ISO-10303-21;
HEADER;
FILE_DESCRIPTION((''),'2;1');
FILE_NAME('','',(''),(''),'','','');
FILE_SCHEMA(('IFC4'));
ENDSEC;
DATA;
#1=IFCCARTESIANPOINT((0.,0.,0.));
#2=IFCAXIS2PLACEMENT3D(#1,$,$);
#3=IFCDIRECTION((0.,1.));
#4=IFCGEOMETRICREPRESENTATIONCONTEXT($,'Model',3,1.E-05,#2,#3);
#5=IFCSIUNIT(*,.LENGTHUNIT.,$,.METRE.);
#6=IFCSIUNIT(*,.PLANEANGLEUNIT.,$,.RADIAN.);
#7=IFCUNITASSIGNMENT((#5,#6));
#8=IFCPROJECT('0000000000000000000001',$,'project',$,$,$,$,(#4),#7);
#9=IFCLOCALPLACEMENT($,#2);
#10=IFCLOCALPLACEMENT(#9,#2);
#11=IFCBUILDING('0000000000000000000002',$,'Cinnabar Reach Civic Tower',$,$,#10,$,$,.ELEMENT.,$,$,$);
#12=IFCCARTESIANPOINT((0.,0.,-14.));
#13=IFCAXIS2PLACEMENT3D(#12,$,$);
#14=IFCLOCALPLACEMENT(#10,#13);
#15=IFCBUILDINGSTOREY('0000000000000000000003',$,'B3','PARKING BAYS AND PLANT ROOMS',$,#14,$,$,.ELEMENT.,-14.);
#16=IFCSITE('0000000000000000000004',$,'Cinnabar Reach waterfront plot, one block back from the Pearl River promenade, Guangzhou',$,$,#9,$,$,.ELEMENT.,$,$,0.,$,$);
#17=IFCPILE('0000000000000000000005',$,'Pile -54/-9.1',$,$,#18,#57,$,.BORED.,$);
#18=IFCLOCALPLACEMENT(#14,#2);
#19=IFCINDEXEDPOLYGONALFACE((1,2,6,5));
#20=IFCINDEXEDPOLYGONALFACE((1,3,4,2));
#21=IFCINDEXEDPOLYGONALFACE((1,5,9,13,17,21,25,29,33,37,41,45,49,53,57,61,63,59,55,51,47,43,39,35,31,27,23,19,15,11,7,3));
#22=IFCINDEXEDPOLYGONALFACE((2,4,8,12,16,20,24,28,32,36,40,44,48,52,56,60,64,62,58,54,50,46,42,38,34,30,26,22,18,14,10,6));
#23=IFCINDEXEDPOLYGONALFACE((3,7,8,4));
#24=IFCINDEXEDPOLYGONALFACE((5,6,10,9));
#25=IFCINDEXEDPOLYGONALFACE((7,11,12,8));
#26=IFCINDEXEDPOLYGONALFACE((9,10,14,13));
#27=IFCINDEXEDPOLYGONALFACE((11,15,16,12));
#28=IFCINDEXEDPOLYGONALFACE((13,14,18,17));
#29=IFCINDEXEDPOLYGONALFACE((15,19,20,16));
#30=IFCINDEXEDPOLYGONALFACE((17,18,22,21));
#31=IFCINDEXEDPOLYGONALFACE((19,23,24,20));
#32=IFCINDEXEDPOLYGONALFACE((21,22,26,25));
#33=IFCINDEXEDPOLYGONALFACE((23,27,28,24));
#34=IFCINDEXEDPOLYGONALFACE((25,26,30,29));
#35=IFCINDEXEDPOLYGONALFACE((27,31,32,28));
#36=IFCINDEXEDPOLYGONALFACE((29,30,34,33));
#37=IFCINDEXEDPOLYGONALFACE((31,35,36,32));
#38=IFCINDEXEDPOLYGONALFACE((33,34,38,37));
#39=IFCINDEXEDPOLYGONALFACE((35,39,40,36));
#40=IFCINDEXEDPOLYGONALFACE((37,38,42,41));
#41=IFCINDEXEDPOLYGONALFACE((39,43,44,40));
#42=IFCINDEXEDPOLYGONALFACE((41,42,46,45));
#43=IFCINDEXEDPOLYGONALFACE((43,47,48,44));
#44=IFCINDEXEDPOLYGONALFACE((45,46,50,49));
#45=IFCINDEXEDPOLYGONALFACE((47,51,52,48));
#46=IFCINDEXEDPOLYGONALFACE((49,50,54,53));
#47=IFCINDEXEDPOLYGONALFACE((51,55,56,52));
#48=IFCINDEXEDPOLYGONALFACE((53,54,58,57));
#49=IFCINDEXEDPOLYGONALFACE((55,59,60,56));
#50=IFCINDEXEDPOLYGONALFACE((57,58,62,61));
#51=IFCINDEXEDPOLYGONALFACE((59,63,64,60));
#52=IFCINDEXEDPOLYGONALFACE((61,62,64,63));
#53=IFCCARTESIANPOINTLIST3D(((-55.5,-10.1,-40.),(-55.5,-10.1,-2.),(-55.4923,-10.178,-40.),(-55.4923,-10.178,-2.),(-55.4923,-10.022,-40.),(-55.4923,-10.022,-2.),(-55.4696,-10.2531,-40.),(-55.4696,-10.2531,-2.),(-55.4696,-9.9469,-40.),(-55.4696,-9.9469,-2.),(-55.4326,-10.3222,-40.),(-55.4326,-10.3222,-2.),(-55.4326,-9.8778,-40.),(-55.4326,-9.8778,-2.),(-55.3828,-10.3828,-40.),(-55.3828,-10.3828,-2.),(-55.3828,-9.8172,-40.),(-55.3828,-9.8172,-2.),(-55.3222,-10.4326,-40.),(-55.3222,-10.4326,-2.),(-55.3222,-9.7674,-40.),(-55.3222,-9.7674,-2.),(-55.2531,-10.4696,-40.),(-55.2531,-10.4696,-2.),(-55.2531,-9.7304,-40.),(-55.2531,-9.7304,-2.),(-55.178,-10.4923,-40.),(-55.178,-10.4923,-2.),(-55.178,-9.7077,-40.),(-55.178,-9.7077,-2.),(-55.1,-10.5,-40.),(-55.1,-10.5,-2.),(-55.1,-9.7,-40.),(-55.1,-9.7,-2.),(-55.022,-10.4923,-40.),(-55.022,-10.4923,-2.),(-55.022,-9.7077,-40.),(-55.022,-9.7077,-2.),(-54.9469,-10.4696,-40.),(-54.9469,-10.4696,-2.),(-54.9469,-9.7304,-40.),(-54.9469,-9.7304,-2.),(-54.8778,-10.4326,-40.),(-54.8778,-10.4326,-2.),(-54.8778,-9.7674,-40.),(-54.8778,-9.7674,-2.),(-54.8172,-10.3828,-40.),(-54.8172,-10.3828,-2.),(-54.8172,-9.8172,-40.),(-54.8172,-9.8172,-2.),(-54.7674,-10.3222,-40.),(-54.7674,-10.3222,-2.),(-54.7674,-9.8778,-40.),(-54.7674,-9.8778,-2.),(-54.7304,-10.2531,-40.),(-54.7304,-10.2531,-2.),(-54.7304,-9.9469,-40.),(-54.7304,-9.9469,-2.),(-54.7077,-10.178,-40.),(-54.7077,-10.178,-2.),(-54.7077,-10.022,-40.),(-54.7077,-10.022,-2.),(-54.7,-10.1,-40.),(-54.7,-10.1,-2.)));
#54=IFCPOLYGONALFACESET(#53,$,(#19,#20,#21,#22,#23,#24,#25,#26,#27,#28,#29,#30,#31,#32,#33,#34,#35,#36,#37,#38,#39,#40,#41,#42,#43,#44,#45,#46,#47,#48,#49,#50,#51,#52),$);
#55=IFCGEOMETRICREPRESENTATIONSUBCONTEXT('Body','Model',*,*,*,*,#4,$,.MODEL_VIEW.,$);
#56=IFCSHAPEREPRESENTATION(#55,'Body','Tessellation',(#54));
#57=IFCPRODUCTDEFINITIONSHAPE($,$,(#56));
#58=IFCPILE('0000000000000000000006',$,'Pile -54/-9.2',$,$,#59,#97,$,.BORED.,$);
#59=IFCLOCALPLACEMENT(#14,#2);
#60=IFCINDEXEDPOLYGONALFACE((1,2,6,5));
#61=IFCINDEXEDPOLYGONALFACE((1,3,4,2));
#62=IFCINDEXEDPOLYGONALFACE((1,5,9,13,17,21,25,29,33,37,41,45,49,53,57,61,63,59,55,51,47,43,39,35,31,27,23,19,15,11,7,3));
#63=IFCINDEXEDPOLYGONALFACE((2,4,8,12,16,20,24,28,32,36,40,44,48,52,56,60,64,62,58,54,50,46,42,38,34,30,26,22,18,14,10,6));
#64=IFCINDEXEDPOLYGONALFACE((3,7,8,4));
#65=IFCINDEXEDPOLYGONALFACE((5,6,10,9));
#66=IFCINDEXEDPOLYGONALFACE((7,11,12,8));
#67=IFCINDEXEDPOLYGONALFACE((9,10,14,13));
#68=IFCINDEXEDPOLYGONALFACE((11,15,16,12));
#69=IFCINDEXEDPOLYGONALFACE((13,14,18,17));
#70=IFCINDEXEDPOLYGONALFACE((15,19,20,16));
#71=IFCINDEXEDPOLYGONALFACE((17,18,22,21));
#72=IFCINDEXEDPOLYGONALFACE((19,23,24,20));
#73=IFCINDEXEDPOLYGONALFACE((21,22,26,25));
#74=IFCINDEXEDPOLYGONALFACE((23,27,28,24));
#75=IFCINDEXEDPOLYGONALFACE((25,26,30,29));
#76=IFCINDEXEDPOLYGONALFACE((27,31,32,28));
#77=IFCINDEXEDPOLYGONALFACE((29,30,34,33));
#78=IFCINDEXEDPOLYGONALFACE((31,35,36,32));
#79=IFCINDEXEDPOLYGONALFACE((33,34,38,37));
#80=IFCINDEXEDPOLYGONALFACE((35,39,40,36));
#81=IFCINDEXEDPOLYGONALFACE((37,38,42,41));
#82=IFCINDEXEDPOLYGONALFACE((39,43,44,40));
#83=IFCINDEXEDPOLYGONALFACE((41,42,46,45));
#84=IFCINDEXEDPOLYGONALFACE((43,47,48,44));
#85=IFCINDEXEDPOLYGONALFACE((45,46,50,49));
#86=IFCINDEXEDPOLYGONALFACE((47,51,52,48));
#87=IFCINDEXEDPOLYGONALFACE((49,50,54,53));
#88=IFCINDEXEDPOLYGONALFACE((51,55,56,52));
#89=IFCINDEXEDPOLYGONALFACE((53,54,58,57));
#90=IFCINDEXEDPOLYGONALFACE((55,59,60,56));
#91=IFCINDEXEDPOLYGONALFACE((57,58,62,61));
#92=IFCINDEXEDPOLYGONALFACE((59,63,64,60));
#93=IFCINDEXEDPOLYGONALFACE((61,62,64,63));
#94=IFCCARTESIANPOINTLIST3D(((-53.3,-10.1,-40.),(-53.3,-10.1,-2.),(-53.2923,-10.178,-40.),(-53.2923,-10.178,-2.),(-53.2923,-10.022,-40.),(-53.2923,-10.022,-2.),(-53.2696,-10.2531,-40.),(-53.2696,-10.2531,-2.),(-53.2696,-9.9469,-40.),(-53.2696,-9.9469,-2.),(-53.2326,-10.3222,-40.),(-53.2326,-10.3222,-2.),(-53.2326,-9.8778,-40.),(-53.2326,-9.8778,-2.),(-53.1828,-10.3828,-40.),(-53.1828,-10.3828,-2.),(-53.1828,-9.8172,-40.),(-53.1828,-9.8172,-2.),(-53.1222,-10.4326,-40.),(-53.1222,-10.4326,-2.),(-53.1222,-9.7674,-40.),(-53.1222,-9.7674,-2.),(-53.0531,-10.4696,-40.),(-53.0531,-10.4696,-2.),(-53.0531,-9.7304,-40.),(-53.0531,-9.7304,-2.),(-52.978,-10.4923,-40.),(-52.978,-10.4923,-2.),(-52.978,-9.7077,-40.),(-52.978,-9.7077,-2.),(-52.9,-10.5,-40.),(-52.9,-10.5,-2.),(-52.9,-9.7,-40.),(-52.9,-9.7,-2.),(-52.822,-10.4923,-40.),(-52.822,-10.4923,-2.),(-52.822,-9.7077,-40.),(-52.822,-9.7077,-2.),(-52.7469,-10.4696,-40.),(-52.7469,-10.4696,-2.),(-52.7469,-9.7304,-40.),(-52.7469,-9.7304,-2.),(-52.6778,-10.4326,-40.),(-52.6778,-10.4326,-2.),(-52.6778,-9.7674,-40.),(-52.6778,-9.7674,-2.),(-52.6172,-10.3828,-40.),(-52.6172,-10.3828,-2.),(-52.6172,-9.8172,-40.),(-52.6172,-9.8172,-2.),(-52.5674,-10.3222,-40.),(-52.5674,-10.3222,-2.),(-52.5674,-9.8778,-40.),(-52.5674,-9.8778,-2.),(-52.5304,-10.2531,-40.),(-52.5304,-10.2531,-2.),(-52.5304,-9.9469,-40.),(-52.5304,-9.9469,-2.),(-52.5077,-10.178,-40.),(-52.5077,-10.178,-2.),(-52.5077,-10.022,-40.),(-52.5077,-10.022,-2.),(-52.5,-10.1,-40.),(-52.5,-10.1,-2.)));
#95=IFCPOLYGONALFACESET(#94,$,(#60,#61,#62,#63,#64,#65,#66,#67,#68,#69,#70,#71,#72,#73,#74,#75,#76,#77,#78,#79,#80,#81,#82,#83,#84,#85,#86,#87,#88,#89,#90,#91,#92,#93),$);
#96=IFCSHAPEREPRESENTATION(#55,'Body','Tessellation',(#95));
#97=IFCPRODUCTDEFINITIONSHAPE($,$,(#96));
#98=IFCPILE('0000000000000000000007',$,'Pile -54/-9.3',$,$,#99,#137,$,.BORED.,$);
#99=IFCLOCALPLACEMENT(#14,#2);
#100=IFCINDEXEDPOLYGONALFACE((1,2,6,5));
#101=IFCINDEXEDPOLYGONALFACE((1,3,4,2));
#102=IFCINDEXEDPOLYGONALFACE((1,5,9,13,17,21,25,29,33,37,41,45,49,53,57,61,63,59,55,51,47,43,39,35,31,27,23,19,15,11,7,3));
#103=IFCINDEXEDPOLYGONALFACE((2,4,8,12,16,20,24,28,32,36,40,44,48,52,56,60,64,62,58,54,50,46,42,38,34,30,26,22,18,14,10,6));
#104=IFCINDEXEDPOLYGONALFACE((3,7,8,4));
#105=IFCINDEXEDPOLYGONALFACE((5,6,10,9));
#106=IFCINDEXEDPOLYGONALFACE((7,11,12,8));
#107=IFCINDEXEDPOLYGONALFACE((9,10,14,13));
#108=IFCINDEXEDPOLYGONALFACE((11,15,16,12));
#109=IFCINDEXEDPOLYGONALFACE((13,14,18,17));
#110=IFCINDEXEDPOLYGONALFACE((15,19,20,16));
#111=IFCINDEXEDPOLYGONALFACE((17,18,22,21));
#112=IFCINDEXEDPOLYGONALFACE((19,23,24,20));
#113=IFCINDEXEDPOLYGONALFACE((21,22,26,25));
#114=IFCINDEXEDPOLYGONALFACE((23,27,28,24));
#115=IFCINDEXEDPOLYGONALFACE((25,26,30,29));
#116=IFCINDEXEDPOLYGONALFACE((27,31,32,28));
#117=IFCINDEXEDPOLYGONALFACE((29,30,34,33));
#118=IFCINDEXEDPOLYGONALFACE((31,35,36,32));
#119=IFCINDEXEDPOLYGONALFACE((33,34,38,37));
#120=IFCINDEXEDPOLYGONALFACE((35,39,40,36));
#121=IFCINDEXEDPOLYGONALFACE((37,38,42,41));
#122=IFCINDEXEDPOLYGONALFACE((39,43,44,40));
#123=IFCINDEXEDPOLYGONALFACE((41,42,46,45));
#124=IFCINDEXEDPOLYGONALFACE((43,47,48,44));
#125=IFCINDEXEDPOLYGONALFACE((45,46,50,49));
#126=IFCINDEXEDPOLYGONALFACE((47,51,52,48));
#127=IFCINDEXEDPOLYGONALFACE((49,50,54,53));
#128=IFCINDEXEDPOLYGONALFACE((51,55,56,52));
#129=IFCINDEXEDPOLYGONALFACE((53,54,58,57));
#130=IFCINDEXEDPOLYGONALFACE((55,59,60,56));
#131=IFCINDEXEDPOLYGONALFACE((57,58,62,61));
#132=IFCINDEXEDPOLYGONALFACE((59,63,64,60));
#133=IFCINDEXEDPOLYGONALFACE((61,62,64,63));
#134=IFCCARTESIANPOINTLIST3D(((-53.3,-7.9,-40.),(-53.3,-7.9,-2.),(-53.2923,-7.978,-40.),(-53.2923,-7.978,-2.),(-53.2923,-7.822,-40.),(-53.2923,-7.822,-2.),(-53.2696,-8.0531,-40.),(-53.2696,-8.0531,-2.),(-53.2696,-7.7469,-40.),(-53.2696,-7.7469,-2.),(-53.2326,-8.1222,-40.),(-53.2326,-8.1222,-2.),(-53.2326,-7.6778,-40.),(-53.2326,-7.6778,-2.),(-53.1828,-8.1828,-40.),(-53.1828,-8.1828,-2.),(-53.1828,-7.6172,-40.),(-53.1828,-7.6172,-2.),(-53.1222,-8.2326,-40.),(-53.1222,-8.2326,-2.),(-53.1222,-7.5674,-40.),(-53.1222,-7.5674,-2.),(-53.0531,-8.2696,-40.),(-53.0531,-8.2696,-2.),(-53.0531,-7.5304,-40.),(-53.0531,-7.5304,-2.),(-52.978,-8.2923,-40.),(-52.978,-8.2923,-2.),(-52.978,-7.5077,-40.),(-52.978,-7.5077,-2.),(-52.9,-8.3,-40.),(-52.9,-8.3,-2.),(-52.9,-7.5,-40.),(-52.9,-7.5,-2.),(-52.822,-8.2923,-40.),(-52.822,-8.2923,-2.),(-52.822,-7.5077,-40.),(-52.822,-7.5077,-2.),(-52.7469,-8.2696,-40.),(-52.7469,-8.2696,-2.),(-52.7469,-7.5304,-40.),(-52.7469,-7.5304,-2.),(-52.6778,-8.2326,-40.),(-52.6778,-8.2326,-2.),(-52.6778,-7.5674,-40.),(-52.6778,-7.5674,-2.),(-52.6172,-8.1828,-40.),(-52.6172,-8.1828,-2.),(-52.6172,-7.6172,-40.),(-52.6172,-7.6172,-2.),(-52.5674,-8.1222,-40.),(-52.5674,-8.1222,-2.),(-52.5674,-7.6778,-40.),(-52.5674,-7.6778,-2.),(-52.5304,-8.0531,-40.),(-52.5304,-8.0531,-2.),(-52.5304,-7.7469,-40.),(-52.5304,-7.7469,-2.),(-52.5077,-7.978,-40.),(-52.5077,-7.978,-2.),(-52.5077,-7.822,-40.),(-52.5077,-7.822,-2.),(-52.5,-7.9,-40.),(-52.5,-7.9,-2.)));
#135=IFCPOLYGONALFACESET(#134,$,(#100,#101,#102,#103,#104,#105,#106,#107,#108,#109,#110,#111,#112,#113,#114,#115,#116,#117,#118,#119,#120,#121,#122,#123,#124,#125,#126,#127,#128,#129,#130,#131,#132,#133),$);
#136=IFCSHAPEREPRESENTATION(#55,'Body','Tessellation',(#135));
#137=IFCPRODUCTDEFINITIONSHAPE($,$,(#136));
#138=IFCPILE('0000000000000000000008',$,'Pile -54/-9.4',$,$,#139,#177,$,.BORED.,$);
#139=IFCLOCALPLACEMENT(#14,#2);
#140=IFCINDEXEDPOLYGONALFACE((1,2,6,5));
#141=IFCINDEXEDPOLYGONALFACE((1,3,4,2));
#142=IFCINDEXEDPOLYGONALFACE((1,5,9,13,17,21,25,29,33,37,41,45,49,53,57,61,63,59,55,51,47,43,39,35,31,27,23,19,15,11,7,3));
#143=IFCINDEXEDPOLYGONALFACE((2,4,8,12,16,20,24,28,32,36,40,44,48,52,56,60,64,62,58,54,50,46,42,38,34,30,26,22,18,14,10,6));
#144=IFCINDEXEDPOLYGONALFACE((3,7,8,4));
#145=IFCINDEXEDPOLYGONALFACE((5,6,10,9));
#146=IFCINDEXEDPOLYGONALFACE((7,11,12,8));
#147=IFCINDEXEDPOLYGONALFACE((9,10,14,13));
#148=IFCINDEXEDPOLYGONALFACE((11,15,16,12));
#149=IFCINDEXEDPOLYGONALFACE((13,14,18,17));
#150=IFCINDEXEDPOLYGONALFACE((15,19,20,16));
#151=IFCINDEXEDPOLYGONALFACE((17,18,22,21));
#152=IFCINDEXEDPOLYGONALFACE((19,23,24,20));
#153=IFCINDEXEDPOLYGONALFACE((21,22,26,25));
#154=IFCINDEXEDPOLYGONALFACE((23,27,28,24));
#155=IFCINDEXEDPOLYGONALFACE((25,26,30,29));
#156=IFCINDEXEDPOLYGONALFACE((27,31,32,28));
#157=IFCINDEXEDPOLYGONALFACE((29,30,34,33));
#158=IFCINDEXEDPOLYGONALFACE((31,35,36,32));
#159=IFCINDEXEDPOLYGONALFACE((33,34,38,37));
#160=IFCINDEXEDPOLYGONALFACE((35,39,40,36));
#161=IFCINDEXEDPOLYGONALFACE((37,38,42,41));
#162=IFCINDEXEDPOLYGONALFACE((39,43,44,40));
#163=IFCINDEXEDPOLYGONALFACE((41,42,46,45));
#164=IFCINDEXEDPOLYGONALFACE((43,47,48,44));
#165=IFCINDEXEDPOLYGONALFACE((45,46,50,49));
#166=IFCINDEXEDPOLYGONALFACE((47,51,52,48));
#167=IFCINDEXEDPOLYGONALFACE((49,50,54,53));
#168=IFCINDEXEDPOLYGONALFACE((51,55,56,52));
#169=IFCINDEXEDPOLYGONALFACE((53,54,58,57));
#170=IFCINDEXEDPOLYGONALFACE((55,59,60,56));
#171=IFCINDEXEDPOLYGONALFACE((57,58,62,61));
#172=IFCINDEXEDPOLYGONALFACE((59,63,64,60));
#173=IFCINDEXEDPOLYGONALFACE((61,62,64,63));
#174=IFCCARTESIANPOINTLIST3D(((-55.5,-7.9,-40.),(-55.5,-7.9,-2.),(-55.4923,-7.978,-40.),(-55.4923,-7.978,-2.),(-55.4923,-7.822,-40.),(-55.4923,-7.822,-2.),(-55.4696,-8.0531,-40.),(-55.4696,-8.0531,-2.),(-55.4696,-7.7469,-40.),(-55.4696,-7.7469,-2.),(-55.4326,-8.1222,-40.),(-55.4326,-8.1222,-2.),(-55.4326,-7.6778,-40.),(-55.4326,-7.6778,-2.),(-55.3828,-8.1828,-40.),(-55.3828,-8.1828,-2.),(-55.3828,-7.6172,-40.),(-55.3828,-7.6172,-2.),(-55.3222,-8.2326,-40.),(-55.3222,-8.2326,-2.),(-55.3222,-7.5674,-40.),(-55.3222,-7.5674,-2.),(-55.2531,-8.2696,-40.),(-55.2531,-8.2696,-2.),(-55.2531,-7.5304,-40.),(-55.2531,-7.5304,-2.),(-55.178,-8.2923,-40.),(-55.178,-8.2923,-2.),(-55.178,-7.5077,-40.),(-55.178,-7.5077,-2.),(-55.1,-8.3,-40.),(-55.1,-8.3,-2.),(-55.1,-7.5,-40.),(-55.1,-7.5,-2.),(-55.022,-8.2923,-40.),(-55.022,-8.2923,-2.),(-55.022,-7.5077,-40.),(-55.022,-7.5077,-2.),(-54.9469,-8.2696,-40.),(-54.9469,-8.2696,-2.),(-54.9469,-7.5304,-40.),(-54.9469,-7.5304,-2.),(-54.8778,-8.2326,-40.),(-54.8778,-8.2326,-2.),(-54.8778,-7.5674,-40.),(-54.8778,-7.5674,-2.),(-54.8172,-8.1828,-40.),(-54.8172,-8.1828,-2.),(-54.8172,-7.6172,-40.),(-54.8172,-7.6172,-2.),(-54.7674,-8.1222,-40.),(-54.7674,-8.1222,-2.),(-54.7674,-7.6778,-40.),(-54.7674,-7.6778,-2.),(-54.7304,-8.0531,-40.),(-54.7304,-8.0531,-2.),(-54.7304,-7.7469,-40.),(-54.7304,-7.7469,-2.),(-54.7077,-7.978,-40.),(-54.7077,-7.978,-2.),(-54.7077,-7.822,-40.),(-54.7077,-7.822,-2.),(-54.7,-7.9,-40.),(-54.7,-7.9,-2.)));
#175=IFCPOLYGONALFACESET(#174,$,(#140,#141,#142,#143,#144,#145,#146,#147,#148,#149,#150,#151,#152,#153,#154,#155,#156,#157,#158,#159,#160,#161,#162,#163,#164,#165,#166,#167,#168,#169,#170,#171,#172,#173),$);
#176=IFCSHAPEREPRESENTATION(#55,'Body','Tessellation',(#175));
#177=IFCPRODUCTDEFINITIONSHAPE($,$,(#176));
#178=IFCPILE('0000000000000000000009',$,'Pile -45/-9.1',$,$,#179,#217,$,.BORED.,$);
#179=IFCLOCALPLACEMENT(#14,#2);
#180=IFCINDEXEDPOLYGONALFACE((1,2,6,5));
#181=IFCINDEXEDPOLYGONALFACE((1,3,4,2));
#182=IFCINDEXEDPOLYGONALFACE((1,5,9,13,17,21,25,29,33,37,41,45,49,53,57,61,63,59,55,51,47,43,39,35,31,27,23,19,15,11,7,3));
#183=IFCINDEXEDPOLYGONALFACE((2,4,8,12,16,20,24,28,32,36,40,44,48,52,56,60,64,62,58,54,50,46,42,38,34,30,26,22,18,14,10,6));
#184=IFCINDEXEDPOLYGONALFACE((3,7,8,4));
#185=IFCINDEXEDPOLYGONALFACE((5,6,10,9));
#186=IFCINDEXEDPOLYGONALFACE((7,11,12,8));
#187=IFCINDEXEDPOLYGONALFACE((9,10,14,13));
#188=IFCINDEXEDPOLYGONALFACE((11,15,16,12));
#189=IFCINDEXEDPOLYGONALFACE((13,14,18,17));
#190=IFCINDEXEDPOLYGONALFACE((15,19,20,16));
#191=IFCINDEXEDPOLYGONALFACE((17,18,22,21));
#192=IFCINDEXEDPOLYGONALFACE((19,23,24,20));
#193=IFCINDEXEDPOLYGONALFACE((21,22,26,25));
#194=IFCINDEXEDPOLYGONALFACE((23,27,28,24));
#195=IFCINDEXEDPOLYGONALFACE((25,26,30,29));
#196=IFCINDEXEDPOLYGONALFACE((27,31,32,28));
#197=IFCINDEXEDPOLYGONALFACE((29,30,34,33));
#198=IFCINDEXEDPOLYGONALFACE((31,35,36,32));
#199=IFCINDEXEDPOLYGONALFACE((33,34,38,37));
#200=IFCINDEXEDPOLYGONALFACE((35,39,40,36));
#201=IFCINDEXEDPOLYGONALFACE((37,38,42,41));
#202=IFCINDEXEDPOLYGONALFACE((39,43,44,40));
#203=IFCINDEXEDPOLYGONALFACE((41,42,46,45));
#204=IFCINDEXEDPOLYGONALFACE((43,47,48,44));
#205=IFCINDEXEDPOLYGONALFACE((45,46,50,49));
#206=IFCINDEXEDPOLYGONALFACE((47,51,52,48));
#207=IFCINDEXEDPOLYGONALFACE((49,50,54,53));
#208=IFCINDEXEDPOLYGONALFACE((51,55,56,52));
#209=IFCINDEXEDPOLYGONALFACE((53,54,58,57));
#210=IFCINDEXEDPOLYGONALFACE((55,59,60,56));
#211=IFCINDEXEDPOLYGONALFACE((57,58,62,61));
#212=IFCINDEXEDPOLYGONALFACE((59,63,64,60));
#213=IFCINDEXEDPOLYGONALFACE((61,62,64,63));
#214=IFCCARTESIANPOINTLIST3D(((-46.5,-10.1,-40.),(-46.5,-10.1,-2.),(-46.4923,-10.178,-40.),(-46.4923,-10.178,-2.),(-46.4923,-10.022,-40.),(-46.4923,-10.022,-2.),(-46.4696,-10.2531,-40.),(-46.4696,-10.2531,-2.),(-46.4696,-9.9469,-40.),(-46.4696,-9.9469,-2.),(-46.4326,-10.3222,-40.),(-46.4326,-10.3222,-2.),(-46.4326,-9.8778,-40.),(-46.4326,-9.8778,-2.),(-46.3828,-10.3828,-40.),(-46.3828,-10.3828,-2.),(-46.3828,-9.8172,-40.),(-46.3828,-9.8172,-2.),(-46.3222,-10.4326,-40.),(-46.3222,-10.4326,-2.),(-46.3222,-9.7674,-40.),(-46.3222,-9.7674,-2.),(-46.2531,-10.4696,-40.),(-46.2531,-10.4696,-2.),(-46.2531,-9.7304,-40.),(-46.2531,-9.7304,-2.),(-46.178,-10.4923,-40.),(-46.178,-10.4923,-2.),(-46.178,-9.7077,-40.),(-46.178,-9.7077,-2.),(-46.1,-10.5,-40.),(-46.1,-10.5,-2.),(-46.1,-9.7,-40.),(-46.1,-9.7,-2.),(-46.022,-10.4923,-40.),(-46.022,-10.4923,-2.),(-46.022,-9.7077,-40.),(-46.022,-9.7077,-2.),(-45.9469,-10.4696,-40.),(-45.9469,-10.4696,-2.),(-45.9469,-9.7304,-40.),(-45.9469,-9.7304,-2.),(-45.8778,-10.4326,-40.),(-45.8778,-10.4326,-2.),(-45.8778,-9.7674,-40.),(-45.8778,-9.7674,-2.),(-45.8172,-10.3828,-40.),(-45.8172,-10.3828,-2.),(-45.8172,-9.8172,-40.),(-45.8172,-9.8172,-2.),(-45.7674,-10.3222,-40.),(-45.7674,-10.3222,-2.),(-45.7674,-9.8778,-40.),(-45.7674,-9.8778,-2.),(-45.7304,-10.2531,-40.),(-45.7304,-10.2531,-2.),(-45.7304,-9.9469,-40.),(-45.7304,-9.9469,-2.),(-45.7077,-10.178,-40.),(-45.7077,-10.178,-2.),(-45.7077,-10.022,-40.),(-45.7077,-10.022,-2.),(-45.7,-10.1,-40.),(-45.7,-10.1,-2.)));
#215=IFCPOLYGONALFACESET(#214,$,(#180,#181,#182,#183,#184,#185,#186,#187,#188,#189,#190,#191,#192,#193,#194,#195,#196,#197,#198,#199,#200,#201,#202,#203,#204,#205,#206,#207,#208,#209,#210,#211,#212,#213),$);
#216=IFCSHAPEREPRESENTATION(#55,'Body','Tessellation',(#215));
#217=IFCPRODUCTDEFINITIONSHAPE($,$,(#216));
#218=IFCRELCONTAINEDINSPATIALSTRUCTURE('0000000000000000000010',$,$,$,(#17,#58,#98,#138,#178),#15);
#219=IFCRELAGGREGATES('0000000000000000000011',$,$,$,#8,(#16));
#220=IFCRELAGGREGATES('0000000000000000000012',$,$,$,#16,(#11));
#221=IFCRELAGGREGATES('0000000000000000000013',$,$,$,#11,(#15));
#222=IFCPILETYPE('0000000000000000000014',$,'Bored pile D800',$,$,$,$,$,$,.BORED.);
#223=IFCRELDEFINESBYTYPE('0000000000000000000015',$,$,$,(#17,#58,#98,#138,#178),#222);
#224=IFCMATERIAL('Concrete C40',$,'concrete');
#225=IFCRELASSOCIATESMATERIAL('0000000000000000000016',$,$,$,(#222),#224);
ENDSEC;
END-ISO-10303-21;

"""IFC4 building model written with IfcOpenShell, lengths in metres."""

from ifc_helpers import new_model, si_unit, direction, frame, origin, origin_2d, place, context, subcontext, project, spatial, circle, extrude, material, type_object, element, save


model = new_model("IFC4")

# Units and contexts
model_context = context("Model", 3, precision=1e-05, world=origin(), true_north=direction((0.0, 1.0)))
body_context = subcontext(model_context, "Body", "Model", "MODEL_VIEW")
ifc_project = project(units=[si_unit("LENGTHUNIT", "METRE"), si_unit("PLANEANGLEUNIT", "RADIAN")], contexts=[model_context])

# Site, building, storey
site_placement = place(None, origin())
site = spatial("IfcSite", under=ifc_project, at=site_placement, Name="Cinnabar Reach waterfront plot, one block back from the Pearl River promenade, Guangzhou", CompositionType="ELEMENT", RefElevation=0.0)
building_placement = place(site_placement, origin())
building = spatial("IfcBuilding", under=site, at=building_placement, Name="Cinnabar Reach Civic Tower", CompositionType="ELEMENT")
storey_placement = place(building_placement, frame((0.0, 0.0, -14.0)))
storey = spatial("IfcBuildingStorey", under=building, at=storey_placement, Name="B3", Description="PARKING BAYS AND PLANT ROOMS", CompositionType="ELEMENT", Elevation=-14.0)

# Piles
ifc_material_1 = material(Name="Concrete C40", Category="concrete")
pile_type = type_object("IfcPileType", Name="Bored pile D800", PredefinedType="BORED", material=ifc_material_1)
for number, where, z_axis, x_axis, name in (
    (1, (-55.1, -10.1, -2.0), (0.0, 0.0, -1.0), (1.0, 0.0, 0.0), "Pile -54/-9.1"),
    (2, (-52.9, -10.1, -2.0), (0.0, 0.0, -1.0), (1.0, 0.0, 0.0), "Pile -54/-9.2"),
    (3, (-52.9, -7.9, -2.0), (0.0, 0.0, -1.0), (1.0, 0.0, 0.0), "Pile -54/-9.3"),
    (4, (-55.1, -7.9, -2.0), (0.0, 0.0, -1.0), (1.0, 0.0, 0.0), "Pile -54/-9.4"),
    (5, (-46.1, -10.1, -2.0), (0.0, 0.0, -1.0), (1.0, 0.0, 0.0), "Pile -45/-9.1"),
):
    element("IfcPile", number, at=place(storey_placement, frame(where, z_axis=z_axis, x_axis=x_axis)), inside=storey, type_object=pile_type, Name=name, PredefinedType="BORED", context=body_context, shape_type="SweptSolid", body=[
        extrude(circle(Radius=0.4, at=origin_2d()), origin(), (0.0, 0.0, 1.0), 38.0),
    ])

save(model, "model.ifc")
